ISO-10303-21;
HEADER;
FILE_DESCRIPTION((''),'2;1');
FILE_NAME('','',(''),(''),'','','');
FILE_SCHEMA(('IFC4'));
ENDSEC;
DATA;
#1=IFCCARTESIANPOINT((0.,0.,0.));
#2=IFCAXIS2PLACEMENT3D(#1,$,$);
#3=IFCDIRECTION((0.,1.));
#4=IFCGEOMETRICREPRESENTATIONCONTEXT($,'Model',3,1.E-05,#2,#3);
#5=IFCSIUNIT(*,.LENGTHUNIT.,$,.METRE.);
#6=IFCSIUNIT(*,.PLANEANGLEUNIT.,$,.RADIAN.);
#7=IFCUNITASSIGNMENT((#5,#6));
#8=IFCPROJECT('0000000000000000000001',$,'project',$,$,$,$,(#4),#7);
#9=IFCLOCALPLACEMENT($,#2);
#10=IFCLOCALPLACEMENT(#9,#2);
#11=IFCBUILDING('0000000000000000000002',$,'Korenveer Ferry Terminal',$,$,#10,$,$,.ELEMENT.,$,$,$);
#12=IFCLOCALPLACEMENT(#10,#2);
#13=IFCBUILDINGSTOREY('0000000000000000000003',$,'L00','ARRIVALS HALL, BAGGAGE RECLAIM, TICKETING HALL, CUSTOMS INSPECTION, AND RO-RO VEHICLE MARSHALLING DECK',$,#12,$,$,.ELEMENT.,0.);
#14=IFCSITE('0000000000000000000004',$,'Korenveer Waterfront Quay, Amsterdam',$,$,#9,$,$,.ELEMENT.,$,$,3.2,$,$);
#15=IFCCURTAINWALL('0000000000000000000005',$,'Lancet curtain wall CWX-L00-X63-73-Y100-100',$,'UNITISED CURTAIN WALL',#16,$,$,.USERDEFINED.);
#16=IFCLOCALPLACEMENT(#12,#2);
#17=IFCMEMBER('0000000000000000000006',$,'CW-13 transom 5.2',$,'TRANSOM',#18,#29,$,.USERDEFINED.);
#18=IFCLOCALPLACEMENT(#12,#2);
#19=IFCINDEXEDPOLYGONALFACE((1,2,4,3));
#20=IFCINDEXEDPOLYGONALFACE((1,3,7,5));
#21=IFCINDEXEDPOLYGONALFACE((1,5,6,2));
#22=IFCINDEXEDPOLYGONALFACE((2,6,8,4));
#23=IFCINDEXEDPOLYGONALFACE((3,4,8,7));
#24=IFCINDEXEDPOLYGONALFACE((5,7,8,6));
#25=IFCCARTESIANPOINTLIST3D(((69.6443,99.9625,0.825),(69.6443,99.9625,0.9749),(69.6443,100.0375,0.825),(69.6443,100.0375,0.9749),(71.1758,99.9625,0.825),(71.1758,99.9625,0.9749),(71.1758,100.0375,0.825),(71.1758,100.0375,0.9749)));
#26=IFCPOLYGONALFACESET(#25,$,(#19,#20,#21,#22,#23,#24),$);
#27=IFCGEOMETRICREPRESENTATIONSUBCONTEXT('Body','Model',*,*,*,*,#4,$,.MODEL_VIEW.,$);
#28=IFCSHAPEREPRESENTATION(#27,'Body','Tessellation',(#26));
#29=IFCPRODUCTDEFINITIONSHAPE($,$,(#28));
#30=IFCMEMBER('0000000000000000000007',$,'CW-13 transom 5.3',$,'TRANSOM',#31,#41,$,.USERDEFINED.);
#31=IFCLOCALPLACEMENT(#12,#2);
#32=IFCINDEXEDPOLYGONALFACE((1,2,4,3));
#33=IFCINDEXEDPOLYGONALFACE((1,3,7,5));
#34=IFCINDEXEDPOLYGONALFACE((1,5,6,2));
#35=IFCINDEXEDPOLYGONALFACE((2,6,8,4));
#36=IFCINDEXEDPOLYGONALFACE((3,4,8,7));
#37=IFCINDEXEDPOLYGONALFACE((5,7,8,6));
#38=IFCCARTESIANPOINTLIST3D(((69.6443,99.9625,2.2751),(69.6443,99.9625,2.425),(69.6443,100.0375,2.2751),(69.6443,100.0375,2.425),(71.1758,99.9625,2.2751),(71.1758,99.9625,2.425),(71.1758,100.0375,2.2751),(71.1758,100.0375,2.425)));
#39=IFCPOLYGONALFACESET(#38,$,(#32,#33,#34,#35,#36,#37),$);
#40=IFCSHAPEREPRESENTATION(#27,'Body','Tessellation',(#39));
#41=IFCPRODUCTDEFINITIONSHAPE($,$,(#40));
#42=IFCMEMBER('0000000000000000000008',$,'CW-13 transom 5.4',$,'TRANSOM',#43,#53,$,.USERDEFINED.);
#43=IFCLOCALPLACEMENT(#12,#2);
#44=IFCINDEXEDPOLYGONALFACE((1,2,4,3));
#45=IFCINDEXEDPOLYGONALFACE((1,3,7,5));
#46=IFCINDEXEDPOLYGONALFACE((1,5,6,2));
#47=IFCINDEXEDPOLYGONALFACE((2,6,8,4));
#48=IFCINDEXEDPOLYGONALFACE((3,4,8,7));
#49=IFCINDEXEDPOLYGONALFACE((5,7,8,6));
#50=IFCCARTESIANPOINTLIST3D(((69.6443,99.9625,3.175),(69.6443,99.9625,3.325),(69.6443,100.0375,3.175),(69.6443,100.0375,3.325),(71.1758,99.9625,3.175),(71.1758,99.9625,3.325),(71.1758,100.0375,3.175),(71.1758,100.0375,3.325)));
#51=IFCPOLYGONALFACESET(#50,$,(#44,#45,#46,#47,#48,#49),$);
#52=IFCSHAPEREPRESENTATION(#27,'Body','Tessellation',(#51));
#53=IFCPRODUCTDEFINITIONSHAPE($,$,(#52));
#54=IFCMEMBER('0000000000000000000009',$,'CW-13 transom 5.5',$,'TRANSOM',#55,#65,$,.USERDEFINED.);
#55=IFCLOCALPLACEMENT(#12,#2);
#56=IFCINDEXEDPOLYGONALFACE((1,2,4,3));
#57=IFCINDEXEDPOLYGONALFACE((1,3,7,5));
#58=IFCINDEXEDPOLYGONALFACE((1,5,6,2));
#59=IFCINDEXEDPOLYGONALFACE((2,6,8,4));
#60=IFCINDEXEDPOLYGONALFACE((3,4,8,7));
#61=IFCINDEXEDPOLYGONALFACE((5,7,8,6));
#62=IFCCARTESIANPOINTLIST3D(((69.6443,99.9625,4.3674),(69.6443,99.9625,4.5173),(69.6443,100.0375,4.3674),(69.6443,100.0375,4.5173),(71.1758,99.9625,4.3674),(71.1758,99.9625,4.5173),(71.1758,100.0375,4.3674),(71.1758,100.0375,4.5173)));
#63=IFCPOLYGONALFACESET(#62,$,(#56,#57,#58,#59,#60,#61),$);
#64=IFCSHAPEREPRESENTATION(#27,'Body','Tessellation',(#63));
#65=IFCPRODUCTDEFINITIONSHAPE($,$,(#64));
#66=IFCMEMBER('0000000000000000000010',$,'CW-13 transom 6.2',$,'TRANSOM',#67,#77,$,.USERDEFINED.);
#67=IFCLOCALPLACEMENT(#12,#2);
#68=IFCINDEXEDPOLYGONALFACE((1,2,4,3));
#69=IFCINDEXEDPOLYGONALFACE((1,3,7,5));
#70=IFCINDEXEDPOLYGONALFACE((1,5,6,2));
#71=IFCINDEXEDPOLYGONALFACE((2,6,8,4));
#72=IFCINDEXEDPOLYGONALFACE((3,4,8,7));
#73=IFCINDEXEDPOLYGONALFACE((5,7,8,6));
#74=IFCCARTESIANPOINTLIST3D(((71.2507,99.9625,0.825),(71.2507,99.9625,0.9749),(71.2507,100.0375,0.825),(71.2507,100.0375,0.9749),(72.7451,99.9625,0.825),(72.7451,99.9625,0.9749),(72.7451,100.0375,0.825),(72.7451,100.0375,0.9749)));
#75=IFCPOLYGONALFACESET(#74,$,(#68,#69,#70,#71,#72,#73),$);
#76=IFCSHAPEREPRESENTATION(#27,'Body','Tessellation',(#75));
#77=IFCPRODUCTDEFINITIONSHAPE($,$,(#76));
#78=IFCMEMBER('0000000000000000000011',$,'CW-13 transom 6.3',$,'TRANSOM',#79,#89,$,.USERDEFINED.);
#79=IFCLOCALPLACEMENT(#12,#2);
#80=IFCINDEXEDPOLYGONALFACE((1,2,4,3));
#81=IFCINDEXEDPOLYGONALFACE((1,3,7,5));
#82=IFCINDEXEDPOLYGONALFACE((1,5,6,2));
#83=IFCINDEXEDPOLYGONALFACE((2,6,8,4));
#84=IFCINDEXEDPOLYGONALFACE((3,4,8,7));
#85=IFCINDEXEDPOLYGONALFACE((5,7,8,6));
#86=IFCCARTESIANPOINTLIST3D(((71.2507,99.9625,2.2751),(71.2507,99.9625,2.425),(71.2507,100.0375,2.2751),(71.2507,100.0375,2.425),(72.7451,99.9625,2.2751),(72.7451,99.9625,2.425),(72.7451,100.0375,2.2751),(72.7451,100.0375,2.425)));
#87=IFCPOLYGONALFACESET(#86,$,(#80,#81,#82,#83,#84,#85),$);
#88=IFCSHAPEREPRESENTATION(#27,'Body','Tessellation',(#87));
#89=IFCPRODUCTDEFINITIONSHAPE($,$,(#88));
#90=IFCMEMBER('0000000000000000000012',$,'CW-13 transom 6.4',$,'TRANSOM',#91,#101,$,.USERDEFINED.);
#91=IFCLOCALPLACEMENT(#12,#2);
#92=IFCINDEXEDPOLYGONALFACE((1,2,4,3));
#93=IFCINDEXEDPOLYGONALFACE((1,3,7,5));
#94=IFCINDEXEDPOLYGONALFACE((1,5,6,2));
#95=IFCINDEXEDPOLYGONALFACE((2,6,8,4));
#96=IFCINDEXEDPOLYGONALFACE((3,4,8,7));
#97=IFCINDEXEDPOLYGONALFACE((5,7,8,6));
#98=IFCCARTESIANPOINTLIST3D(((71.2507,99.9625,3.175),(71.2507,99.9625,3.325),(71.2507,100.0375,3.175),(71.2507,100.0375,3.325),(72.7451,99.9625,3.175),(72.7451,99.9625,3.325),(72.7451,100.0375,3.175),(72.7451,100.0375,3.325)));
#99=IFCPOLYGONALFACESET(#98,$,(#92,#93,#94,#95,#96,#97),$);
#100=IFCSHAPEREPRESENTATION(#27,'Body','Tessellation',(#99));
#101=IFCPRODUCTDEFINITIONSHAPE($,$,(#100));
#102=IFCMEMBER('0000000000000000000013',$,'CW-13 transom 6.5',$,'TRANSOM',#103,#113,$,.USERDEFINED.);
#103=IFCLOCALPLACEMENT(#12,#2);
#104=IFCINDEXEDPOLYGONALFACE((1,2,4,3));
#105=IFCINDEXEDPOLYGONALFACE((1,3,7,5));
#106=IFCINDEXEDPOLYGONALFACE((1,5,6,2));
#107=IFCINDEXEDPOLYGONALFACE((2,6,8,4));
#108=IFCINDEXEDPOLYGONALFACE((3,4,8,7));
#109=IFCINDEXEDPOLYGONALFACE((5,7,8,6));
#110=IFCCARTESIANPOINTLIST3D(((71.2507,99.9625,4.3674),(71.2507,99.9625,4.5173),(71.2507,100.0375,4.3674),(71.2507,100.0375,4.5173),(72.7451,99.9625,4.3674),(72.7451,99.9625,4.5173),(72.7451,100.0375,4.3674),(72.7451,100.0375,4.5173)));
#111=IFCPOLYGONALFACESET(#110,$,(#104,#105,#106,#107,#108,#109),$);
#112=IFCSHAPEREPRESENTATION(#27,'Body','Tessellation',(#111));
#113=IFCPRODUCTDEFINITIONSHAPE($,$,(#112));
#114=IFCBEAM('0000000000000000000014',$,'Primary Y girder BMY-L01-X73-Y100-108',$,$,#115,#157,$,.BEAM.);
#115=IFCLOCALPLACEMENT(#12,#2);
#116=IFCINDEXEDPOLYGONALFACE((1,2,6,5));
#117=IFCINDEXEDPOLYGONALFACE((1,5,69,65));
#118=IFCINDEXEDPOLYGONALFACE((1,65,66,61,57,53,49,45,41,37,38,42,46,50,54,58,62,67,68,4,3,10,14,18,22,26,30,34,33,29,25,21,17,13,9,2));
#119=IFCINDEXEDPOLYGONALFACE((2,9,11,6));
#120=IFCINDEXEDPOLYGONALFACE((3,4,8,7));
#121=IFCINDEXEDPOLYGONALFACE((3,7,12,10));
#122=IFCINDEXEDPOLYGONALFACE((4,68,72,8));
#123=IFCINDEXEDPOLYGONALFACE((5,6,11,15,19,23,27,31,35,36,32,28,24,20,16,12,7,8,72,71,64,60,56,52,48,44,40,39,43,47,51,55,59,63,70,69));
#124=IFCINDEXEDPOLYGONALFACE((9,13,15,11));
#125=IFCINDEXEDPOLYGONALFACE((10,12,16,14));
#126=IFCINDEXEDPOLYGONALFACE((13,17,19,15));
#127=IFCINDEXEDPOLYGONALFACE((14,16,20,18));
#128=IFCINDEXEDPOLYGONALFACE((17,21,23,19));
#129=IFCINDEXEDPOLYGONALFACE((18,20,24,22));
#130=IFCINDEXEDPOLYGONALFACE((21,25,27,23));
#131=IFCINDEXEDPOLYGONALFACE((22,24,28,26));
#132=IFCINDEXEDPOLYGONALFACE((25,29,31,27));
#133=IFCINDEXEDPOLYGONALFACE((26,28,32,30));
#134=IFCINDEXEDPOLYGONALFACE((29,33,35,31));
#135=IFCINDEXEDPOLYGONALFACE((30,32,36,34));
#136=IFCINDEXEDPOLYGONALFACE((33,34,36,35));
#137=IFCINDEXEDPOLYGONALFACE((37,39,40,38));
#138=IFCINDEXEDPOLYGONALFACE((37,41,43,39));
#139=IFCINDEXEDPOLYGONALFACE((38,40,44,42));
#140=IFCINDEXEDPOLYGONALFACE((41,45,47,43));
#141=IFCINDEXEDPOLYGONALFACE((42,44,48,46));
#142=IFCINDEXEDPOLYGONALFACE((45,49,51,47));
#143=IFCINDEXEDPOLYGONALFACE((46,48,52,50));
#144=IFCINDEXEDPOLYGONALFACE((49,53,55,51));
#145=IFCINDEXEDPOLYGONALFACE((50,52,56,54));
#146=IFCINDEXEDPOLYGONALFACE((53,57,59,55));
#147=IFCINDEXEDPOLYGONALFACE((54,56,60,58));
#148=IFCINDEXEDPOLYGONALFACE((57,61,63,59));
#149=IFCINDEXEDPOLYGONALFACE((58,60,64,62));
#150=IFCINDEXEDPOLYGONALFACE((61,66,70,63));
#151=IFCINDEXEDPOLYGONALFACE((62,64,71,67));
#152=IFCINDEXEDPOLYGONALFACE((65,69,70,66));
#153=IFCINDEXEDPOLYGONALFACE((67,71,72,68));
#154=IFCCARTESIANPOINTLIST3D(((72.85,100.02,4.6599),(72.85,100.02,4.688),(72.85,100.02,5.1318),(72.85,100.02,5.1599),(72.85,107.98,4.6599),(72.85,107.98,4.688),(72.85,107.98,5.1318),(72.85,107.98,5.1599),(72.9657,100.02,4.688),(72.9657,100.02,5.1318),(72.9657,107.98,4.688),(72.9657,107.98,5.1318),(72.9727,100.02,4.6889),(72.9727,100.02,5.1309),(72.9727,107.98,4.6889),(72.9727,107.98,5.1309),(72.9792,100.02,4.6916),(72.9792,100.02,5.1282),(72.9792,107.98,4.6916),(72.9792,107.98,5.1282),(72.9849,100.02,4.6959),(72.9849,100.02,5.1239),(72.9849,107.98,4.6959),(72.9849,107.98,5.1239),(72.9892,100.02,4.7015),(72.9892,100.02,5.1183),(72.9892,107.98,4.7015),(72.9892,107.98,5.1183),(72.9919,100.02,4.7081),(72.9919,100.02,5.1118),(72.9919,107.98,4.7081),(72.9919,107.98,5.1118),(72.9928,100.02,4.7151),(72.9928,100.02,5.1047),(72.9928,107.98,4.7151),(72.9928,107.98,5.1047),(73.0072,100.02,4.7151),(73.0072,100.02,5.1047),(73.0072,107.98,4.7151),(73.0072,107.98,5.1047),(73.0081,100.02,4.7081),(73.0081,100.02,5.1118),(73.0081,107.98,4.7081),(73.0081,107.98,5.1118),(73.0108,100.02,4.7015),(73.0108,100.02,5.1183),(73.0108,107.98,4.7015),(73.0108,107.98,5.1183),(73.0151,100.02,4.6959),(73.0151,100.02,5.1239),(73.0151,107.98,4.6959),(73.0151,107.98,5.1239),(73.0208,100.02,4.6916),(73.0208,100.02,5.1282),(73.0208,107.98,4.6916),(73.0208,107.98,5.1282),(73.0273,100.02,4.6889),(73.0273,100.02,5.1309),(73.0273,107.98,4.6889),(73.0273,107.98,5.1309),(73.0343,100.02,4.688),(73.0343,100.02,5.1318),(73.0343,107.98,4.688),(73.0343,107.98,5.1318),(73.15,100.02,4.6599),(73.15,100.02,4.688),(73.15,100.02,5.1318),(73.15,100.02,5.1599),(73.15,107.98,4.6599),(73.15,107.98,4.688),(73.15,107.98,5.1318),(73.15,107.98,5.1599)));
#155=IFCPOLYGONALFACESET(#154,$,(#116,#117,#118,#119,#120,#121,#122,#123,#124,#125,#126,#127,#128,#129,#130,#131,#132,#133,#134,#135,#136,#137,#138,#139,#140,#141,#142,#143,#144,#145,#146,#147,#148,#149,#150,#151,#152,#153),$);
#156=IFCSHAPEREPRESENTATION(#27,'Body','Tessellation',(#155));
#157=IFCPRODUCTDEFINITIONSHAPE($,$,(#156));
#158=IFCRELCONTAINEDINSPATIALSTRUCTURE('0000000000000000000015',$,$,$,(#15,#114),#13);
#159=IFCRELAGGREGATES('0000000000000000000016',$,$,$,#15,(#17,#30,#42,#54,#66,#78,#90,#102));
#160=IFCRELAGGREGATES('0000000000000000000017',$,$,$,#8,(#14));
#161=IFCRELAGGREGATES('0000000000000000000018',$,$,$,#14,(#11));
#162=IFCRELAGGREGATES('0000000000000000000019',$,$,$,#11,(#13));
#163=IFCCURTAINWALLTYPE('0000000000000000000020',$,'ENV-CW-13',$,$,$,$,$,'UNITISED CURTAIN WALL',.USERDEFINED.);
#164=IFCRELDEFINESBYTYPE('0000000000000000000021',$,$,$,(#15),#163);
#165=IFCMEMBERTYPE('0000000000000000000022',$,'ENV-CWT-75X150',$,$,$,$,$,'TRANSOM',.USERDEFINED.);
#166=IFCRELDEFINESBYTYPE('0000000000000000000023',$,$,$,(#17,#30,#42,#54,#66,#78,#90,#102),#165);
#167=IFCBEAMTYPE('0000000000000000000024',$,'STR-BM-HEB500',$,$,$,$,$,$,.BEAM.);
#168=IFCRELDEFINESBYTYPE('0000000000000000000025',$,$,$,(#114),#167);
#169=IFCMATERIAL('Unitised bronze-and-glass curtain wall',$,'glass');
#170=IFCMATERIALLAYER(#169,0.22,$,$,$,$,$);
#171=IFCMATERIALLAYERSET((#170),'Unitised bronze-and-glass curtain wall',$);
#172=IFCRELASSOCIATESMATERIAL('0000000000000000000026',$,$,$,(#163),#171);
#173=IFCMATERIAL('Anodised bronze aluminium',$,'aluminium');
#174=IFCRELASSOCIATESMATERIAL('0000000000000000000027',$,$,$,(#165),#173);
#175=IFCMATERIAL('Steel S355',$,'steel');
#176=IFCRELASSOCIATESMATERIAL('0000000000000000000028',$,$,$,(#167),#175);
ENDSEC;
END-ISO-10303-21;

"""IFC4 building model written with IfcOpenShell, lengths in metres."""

from ifc_helpers import new_model, si_unit, direction, frame, origin, origin_2d, place, context, subcontext, project, spatial, rectangle, i_section, extrude, material, layer, layer_set, material_profile, profile_set, type_object, element, aggregate, save


model = new_model("IFC4")

# Units and contexts
model_context = context("Model", 3, precision=1e-05, world=origin(), true_north=direction((0.0, 1.0)))
body_context = subcontext(model_context, "Body", "Model", "MODEL_VIEW")
ifc_project = project(units=[si_unit("LENGTHUNIT", "METRE"), si_unit("PLANEANGLEUNIT", "RADIAN")], contexts=[model_context])

# Site, building, storey
site_placement = place(None, origin())
site = spatial("IfcSite", under=ifc_project, at=site_placement, Name="Korenveer Waterfront Quay, Amsterdam", CompositionType="ELEMENT", RefElevation=3.2)
building_placement = place(site_placement, origin())
building = spatial("IfcBuilding", under=site, at=building_placement, Name="Korenveer Ferry Terminal", CompositionType="ELEMENT")
storey_placement = place(building_placement, origin())
storey = spatial("IfcBuildingStorey", under=building, at=storey_placement, Name="L00", Description="ARRIVALS HALL, BAGGAGE RECLAIM, TICKETING HALL, CUSTOMS INSPECTION, AND RO-RO VEHICLE MARSHALLING DECK", CompositionType="ELEMENT", Elevation=0.0)

# Curtain wall, members
ifc_material_1 = material(Name="Unitised bronze-and-glass curtain wall", Category="glass")
ifc_layer_1 = layer(ifc_material_1, 0.22)
ifc_layer_set_1 = layer_set([ifc_layer_1], Name="Unitised bronze-and-glass curtain wall")
curtain_wall_type = type_object("IfcCurtainWallType", Name="ENV-CW-13", ElementType="UNITISED CURTAIN WALL", PredefinedType="USERDEFINED", material=ifc_layer_set_1)
curtain_wall_placement = place(storey_placement, frame((63.1799, 100.0, 0.0)))
curtain_wall = element("IfcCurtainWall", 1, at=curtain_wall_placement, inside=storey, type_object=curtain_wall_type, Name="Lancet curtain wall CWX-L00-X63-73-Y100-100", ObjectType="UNITISED CURTAIN WALL", PredefinedType="USERDEFINED")
ifc_material_2 = material(Name="Anodised bronze aluminium", Category="aluminium")
ifc_material_profile_1 = material_profile(ifc_material_2, rectangle(XDim=0.075, YDim=0.1499, at=origin_2d()), Name="ALU 75x150")
ifc_profile_set_1 = profile_set([ifc_material_profile_1], Name="Anodised bronze aluminium")
member_type_1 = type_object("IfcMemberType", Name="ENV-CWT-75X150", ElementType="TRANSOM", PredefinedType="USERDEFINED", material=ifc_profile_set_1)
member_1_placement = place(storey_placement, frame((69.6443, 100.0, 0.8999), z_axis=(1.0, 0.0, 0.0), x_axis=(0.0, 1.0, 0.0)))
member_1 = element("IfcMember", 2, at=member_1_placement, type_object=member_type_1, Name="CW-13 transom 5.2", ObjectType="TRANSOM", PredefinedType="USERDEFINED", context=body_context, shape_type="SweptSolid", body=[
    extrude(rectangle(XDim=0.075, YDim=0.1499, at=origin_2d()), origin(), (0.0, 0.0, 1.0), 1.5315),
])
member_2_placement = place(storey_placement, frame((69.6443, 100.0, 2.3501), z_axis=(1.0, 0.0, 0.0), x_axis=(0.0, 1.0, 0.0)))
member_2 = element("IfcMember", 3, at=member_2_placement, type_object=member_type_1, Name="CW-13 transom 5.3", ObjectType="TRANSOM", PredefinedType="USERDEFINED", context=body_context, shape_type="SweptSolid", body=[
    extrude(rectangle(XDim=0.075, YDim=0.1499, at=origin_2d()), origin(), (0.0, 0.0, 1.0), 1.5315),
])
member_3_placement = place(storey_placement, frame((69.6443, 100.0, 3.25), z_axis=(1.0, 0.0, 0.0), x_axis=(0.0, 1.0, 0.0)))
member_3 = element("IfcMember", 4, at=member_3_placement, type_object=member_type_1, Name="CW-13 transom 5.4", ObjectType="TRANSOM", PredefinedType="USERDEFINED", context=body_context, shape_type="SweptSolid", body=[
    extrude(rectangle(XDim=0.075, YDim=0.1499, at=origin_2d()), origin(), (0.0, 0.0, 1.0), 1.5315),
])
member_4_placement = place(storey_placement, frame((69.6443, 100.0, 4.4424), z_axis=(1.0, 0.0, 0.0), x_axis=(0.0, 1.0, 0.0)))
member_4 = element("IfcMember", 5, at=member_4_placement, type_object=member_type_1, Name="CW-13 transom 5.5", ObjectType="TRANSOM", PredefinedType="USERDEFINED", context=body_context, shape_type="SweptSolid", body=[
    extrude(rectangle(XDim=0.075, YDim=0.1499, at=origin_2d()), origin(), (0.0, 0.0, 1.0), 1.5315),
])
member_5_placement = place(storey_placement, frame((71.2507, 100.0, 0.8999), z_axis=(1.0, 0.0, 0.0), x_axis=(0.0, 1.0, 0.0)))
member_5 = element("IfcMember", 6, at=member_5_placement, type_object=member_type_1, Name="CW-13 transom 6.2", ObjectType="TRANSOM", PredefinedType="USERDEFINED", context=body_context, shape_type="SweptSolid", body=[
    extrude(rectangle(XDim=0.075, YDim=0.1499, at=origin_2d()), origin(), (0.0, 0.0, 1.0), 1.4944),
])
member_6_placement = place(storey_placement, frame((71.2507, 100.0, 2.3501), z_axis=(1.0, 0.0, 0.0), x_axis=(0.0, 1.0, 0.0)))
member_6 = element("IfcMember", 7, at=member_6_placement, type_object=member_type_1, Name="CW-13 transom 6.3", ObjectType="TRANSOM", PredefinedType="USERDEFINED", context=body_context, shape_type="SweptSolid", body=[
    extrude(rectangle(XDim=0.075, YDim=0.1499, at=origin_2d()), origin(), (0.0, 0.0, 1.0), 1.4944),
])
member_7_placement = place(storey_placement, frame((71.2507, 100.0, 3.25), z_axis=(1.0, 0.0, 0.0), x_axis=(0.0, 1.0, 0.0)))
member_7 = element("IfcMember", 8, at=member_7_placement, type_object=member_type_1, Name="CW-13 transom 6.4", ObjectType="TRANSOM", PredefinedType="USERDEFINED", context=body_context, shape_type="SweptSolid", body=[
    extrude(rectangle(XDim=0.075, YDim=0.1499, at=origin_2d()), origin(), (0.0, 0.0, 1.0), 1.4944),
])
member_8_placement = place(storey_placement, frame((71.2507, 100.0, 4.4424), z_axis=(1.0, 0.0, 0.0), x_axis=(0.0, 1.0, 0.0)))
member_8 = element("IfcMember", 9, at=member_8_placement, type_object=member_type_1, Name="CW-13 transom 6.5", ObjectType="TRANSOM", PredefinedType="USERDEFINED", context=body_context, shape_type="SweptSolid", body=[
    extrude(rectangle(XDim=0.075, YDim=0.1499, at=origin_2d()), origin(), (0.0, 0.0, 1.0), 1.4944),
])

# Beam
ifc_material_3 = material(Name="Steel S355", Category="steel")
ifc_material_profile_2 = material_profile(ifc_material_3, i_section(OverallWidth=0.3, OverallDepth=0.5, WebThickness=0.0144, FlangeThickness=0.0281, FilletRadius=0.0271, at=origin_2d()), Name="HEB 500")
ifc_profile_set_2 = profile_set([ifc_material_profile_2], Name="Steel S355")
beam_type_1 = type_object("IfcBeamType", Name="STR-BM-HEB500", PredefinedType="BEAM", material=ifc_profile_set_2)
beam_placement = place(storey_placement, frame((73.0, 100.02, 4.9099), z_axis=(0.0, 1.0, 0.0), x_axis=(-1.0, 0.0, 0.0)))
element("IfcBeam", 10, at=beam_placement, inside=storey, type_object=beam_type_1, Name="Primary Y girder BMY-L01-X73-Y100-108", PredefinedType="BEAM", context=body_context, shape_type="SweptSolid", body=[
    extrude(i_section(OverallWidth=0.3, OverallDepth=0.5, WebThickness=0.0144, FlangeThickness=0.0281, FilletRadius=0.0271, at=origin_2d()), origin(), (0.0, 0.0, 1.0), 7.96),
])

aggregate(curtain_wall, [member_1, member_2, member_3, member_4, member_5, member_6, member_7, member_8])

save(model, "model.ifc")
